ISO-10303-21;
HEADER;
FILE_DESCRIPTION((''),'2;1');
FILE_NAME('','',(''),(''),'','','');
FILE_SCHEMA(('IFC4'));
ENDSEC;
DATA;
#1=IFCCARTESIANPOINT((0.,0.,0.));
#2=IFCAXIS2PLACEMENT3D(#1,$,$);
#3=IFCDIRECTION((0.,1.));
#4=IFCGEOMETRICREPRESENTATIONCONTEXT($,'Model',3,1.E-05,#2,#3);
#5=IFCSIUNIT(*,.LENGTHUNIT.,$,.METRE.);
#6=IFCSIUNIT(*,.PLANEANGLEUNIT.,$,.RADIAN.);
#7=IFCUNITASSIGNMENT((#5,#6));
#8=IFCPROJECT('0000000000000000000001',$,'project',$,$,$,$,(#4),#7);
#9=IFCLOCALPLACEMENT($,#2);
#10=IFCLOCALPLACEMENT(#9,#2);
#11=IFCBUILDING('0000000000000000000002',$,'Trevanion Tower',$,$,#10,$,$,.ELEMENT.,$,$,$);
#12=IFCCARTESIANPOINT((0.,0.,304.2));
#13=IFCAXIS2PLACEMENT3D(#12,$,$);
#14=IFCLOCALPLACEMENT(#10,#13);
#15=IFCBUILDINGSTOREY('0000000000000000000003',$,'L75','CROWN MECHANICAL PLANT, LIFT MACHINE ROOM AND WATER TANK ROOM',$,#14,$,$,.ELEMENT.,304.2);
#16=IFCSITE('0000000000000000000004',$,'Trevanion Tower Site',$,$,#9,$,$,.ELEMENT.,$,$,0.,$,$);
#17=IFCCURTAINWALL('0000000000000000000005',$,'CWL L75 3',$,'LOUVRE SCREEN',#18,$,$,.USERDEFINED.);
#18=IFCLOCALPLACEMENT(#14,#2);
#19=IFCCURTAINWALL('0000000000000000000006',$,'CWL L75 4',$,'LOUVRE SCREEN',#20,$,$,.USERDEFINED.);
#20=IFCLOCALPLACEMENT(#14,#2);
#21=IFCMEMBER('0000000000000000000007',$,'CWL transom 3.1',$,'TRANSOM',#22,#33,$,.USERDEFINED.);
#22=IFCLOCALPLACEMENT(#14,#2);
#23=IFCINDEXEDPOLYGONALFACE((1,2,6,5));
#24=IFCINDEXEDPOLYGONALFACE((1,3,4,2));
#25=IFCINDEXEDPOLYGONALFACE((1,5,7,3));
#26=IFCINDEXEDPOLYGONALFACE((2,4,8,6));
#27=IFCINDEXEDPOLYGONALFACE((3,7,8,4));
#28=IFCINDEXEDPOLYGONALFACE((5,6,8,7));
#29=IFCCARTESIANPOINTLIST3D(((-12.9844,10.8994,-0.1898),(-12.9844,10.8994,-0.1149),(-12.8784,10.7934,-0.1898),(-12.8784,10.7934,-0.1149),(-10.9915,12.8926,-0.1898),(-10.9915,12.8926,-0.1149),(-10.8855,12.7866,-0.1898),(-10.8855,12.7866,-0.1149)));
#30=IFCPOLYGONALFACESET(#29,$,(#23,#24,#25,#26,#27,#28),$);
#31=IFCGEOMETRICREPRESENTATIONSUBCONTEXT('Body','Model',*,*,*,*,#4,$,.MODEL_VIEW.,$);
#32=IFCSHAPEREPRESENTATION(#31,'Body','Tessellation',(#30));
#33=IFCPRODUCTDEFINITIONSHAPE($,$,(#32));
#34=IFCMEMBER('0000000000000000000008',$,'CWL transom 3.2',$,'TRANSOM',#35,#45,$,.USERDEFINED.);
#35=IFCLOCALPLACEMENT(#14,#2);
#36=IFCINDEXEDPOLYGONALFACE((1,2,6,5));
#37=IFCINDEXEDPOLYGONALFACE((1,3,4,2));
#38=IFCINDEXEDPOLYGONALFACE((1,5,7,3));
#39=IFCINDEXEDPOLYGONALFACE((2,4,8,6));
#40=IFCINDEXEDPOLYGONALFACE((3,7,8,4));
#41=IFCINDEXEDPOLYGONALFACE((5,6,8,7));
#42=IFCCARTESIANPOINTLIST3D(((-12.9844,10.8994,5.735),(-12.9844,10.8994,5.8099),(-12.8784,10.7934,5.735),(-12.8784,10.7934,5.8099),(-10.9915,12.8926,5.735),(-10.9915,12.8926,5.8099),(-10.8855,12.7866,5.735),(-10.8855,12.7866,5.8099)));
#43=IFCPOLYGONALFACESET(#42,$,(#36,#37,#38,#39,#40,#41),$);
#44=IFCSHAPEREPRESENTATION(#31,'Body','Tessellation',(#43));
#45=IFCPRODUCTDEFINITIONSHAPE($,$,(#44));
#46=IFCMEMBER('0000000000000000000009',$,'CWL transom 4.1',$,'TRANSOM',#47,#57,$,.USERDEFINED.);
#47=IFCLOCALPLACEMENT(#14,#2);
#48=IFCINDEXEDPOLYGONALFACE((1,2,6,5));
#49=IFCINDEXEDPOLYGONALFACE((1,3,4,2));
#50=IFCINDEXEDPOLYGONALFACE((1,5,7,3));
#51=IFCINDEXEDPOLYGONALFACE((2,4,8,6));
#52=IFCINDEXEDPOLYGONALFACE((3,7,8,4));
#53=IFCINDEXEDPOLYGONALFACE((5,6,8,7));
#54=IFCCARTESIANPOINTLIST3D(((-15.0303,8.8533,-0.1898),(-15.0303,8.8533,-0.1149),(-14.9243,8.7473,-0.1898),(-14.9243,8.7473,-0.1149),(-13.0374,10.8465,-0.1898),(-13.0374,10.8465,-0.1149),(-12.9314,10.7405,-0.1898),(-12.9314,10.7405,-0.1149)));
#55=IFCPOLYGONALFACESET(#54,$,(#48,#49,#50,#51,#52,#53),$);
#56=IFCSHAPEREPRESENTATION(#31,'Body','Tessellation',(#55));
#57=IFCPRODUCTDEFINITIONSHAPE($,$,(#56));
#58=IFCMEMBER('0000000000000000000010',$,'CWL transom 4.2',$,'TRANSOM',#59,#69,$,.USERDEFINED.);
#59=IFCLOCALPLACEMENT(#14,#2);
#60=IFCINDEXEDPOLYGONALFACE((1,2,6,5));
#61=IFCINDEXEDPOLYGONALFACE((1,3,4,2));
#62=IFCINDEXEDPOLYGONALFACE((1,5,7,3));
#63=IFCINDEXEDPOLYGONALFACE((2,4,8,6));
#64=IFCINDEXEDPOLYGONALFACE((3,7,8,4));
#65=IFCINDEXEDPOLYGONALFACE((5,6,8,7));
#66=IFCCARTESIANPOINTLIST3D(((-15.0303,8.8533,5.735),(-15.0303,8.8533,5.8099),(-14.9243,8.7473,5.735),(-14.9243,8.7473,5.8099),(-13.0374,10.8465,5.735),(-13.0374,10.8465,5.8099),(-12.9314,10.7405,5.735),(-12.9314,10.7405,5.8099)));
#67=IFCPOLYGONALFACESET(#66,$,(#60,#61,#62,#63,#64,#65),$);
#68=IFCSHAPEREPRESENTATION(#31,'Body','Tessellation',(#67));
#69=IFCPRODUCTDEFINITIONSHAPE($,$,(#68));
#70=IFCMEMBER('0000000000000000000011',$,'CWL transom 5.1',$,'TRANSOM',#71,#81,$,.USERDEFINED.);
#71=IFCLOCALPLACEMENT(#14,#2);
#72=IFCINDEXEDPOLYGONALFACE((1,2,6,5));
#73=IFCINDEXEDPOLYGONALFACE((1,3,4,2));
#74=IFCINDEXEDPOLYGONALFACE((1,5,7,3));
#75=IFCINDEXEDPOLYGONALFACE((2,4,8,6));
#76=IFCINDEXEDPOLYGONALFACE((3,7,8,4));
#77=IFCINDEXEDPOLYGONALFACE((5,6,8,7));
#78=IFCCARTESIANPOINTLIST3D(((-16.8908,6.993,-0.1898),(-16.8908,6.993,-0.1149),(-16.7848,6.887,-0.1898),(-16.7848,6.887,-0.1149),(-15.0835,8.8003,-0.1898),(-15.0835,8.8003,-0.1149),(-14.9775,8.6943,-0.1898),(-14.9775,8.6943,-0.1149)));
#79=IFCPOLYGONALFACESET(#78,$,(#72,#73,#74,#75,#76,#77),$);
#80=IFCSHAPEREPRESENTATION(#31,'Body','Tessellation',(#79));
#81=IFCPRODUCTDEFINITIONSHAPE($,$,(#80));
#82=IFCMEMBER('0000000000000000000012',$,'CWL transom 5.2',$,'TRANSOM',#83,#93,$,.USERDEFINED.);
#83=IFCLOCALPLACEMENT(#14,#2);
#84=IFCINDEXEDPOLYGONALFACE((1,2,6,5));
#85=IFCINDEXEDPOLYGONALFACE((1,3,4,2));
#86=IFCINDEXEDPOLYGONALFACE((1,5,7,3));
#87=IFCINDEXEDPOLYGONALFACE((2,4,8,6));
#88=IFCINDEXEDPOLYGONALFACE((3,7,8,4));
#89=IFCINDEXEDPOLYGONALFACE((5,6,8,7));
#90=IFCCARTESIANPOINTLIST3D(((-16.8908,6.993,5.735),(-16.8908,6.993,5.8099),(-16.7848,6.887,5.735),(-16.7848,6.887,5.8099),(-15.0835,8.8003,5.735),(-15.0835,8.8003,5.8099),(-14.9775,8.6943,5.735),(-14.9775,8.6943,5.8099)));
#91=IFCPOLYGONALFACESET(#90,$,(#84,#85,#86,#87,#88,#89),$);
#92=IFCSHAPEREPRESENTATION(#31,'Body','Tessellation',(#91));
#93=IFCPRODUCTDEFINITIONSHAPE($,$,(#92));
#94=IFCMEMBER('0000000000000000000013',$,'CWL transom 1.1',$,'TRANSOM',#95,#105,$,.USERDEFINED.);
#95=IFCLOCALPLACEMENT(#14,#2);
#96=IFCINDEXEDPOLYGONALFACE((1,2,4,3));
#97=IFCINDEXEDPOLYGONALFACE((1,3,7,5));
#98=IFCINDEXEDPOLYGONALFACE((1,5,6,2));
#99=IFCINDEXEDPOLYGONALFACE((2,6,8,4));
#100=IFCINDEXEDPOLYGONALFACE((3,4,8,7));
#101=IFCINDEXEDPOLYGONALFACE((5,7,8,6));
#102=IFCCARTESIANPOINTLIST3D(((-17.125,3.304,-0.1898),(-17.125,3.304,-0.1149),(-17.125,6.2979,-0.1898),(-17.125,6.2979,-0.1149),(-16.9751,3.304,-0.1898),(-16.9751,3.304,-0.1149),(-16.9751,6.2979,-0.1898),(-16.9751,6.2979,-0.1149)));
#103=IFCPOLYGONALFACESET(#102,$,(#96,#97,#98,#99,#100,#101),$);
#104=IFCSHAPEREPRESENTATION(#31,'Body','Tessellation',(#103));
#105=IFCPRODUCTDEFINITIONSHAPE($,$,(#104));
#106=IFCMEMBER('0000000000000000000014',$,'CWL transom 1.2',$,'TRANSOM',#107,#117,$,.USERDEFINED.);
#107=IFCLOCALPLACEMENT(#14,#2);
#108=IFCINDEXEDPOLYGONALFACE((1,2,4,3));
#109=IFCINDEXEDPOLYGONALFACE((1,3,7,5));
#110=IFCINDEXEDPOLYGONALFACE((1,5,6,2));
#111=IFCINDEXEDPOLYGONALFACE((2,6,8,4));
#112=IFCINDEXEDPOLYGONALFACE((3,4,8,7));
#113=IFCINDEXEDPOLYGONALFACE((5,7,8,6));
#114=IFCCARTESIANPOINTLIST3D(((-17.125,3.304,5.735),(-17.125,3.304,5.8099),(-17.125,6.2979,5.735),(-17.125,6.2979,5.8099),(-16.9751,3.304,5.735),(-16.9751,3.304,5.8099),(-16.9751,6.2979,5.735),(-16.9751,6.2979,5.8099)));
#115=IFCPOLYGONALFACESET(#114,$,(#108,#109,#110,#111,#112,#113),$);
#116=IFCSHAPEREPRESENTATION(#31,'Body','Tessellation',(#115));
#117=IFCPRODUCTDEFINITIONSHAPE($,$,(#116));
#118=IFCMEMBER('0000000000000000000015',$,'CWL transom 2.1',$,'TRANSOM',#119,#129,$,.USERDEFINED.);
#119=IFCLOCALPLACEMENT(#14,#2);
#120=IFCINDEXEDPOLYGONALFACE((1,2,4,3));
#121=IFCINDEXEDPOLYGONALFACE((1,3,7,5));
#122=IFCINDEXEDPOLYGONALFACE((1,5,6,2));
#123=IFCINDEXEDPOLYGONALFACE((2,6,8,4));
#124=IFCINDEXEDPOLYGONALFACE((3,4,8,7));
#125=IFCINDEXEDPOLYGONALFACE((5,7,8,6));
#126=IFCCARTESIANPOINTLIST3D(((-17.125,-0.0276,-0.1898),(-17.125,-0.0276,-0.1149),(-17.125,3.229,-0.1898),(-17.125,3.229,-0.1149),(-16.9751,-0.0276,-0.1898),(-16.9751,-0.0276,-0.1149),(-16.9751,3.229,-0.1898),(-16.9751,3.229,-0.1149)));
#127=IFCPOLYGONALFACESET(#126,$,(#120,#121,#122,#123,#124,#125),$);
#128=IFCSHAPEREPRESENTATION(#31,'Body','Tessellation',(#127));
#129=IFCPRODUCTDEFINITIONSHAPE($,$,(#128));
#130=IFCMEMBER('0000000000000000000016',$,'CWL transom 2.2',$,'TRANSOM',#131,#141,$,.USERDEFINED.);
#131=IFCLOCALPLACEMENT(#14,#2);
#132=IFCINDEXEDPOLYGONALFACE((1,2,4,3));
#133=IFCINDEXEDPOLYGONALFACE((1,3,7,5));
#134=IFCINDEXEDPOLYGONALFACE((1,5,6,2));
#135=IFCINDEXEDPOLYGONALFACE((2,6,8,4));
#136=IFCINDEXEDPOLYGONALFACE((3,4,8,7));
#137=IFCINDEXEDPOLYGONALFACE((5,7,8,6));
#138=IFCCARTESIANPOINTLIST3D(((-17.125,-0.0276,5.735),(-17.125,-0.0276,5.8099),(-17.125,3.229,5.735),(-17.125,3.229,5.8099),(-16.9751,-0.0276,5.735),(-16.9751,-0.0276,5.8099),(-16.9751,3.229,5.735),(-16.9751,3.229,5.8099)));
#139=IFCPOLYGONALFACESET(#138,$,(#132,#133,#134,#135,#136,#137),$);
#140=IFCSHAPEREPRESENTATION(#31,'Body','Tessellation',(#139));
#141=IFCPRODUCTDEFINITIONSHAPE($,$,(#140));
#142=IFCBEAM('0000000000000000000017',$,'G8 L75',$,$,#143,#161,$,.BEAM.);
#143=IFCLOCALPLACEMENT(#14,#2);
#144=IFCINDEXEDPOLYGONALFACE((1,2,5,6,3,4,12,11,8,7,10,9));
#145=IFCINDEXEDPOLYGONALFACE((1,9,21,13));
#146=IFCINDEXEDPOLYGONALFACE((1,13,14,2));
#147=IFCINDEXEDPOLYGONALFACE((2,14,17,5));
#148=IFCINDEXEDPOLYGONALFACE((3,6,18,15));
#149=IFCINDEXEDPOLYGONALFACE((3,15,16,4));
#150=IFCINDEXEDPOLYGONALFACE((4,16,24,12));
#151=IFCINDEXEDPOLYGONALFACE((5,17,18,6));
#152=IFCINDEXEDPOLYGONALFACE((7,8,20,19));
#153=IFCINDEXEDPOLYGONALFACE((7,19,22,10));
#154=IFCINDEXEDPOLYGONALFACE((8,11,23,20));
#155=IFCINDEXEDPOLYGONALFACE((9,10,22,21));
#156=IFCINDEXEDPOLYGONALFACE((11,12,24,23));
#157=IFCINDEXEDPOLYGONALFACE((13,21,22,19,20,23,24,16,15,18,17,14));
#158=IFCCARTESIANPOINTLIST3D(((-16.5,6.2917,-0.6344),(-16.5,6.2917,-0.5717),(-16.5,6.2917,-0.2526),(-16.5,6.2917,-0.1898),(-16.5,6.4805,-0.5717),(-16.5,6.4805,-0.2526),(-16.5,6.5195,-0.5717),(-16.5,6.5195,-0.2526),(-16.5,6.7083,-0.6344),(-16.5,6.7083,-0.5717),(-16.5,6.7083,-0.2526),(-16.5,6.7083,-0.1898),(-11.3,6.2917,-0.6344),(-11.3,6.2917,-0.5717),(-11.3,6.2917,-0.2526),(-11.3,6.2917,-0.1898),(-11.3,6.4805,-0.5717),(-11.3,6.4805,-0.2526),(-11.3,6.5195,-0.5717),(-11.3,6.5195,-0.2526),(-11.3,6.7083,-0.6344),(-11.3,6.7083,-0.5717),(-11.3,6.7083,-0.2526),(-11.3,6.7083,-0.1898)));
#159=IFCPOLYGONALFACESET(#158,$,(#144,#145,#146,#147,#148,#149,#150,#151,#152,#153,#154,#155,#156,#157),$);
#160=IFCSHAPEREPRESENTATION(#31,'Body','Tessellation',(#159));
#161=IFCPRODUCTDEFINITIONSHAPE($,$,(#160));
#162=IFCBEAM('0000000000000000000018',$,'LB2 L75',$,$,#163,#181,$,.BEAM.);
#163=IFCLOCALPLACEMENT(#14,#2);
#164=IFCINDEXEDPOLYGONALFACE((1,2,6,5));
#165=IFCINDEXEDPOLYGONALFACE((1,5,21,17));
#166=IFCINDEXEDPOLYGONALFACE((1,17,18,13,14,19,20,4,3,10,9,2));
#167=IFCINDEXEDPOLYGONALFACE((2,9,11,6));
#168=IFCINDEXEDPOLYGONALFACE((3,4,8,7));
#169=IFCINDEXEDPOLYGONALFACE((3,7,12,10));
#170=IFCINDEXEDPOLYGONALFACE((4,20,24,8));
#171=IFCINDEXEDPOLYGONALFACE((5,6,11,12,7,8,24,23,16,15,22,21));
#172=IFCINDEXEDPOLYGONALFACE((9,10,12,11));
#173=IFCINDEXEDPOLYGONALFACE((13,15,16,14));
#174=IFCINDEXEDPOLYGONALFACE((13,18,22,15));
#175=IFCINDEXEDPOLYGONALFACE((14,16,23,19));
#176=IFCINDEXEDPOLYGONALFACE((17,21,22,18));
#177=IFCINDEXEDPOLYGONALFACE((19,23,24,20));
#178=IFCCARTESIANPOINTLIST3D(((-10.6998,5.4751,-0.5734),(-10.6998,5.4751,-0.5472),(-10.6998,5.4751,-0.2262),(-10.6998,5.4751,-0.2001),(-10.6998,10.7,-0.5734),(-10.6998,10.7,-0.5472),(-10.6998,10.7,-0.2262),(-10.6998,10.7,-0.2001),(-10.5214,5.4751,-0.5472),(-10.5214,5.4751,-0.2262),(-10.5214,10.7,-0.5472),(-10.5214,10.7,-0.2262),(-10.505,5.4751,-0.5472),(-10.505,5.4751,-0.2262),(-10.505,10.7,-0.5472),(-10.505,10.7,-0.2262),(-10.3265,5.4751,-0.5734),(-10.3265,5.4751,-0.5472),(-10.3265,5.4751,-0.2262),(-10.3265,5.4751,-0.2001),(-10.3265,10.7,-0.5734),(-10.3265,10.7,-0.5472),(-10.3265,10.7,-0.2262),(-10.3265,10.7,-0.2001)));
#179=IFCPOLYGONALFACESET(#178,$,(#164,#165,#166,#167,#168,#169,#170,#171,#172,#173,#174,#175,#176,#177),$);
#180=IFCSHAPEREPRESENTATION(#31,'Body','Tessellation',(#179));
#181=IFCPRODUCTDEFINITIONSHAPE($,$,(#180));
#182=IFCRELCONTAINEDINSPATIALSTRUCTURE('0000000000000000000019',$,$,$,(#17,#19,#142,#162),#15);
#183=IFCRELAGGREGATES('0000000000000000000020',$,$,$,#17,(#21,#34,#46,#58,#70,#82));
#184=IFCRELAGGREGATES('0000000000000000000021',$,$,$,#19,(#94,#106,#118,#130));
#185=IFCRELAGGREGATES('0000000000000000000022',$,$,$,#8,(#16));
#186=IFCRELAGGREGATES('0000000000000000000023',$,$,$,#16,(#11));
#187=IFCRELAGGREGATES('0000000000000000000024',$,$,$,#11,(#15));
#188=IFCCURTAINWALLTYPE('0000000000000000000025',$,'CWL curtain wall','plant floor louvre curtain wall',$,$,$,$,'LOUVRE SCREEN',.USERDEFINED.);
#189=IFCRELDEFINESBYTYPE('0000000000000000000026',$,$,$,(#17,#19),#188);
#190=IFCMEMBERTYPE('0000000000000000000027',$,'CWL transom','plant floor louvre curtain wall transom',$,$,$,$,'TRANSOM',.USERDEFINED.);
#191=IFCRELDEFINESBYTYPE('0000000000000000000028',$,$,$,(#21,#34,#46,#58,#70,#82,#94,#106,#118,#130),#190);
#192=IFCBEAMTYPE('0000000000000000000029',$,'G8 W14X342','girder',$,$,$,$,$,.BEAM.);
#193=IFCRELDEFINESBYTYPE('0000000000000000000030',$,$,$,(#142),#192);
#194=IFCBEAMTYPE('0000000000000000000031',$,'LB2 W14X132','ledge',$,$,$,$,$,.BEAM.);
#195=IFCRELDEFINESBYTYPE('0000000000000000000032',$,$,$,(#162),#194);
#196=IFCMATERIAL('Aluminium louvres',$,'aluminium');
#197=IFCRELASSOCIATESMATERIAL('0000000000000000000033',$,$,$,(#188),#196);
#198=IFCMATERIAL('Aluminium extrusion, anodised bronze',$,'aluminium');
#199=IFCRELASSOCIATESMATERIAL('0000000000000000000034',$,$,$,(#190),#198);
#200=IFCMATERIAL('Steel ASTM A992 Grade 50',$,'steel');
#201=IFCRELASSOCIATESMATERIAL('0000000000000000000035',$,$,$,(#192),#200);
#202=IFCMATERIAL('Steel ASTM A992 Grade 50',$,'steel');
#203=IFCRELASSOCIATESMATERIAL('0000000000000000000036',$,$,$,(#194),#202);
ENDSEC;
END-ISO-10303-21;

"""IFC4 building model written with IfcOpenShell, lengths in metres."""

from ifc_helpers import new_model, si_unit, direction, frame, origin, origin_2d, place, context, subcontext, project, spatial, rectangle, i_section, extrude, material, material_profile, profile_set, type_object, element, aggregate, save


model = new_model("IFC4")

# Units and contexts
model_context = context("Model", 3, precision=1e-05, world=origin(), true_north=direction((0.0, 1.0)))
body_context = subcontext(model_context, "Body", "Model", "MODEL_VIEW")
ifc_project = project(units=[si_unit("LENGTHUNIT", "METRE"), si_unit("PLANEANGLEUNIT", "RADIAN")], contexts=[model_context])

# Site, building, storey
site_placement = place(None, origin())
site = spatial("IfcSite", under=ifc_project, at=site_placement, Name="Trevanion Tower Site", CompositionType="ELEMENT", RefElevation=0.0)
building_placement = place(site_placement, origin())
building = spatial("IfcBuilding", under=site, at=building_placement, Name="Trevanion Tower", CompositionType="ELEMENT")
storey_placement = place(building_placement, frame((0.0, 0.0, 304.2)))
storey = spatial("IfcBuildingStorey", under=building, at=storey_placement, Name="L75", Description="CROWN MECHANICAL PLANT, LIFT MACHINE ROOM AND WATER TANK ROOM", CompositionType="ELEMENT", Elevation=304.2)

# Curtain wall
ifc_material_1 = material(Name="Aluminium louvres", Category="aluminium")
curtain_wall_type = type_object("IfcCurtainWallType", Name="CWL curtain wall", Description="plant floor louvre curtain wall", ElementType="LOUVRE SCREEN", PredefinedType="USERDEFINED", material=ifc_material_1)
curtain_wall_1_placement = place(storey_placement, origin())
curtain_wall_1 = element("IfcCurtainWall", 1, at=curtain_wall_1_placement, inside=storey, type_object=curtain_wall_type, Name="CWL L75 3", ObjectType="LOUVRE SCREEN", PredefinedType="USERDEFINED")

# Curtain wall
curtain_wall_2_placement = place(storey_placement, origin())
curtain_wall_2 = element("IfcCurtainWall", 2, at=curtain_wall_2_placement, inside=storey, type_object=curtain_wall_type, Name="CWL L75 4", ObjectType="LOUVRE SCREEN", PredefinedType="USERDEFINED")

# Members
ifc_material_2 = material(Name="Aluminium extrusion, anodised bronze", Category="aluminium")
ifc_material_profile_1 = material_profile(ifc_material_2, rectangle(XDim=0.1499, YDim=0.075, at=origin_2d()), Name="CWL transom")
ifc_profile_set_1 = profile_set([ifc_material_profile_1], Name="Aluminium extrusion, anodised bronze")
member_type_1 = type_object("IfcMemberType", Name="CWL transom", Description="plant floor louvre curtain wall transom", ElementType="TRANSOM", PredefinedType="USERDEFINED", material=ifc_profile_set_1)
member_1_placement = place(storey_placement, frame((-10.9385, 12.8396, -0.1523), z_axis=(-0.707063, -0.70715, 0.0), x_axis=(0.70715, -0.707063, 0.0)))
member_1 = element("IfcMember", 3, at=member_1_placement, type_object=member_type_1, Name="CWL transom 3.1", ObjectType="TRANSOM", PredefinedType="USERDEFINED", context=body_context, shape_type="SweptSolid", body=[
    extrude(rectangle(XDim=0.1499, YDim=0.075, at=origin_2d()), origin(), (0.0, 0.0, 1.0), 2.8186),
])
member_2_placement = place(storey_placement, frame((-10.9385, 12.8396, 5.7725), z_axis=(-0.707063, -0.70715, 0.0), x_axis=(0.70715, -0.707063, 0.0)))
member_2 = element("IfcMember", 4, at=member_2_placement, type_object=member_type_1, Name="CWL transom 3.2", ObjectType="TRANSOM", PredefinedType="USERDEFINED", context=body_context, shape_type="SweptSolid", body=[
    extrude(rectangle(XDim=0.1499, YDim=0.075, at=origin_2d()), origin(), (0.0, 0.0, 1.0), 2.8186),
])
member_3_placement = place(storey_placement, frame((-12.9844, 10.7935, -0.1523), z_axis=(-0.707063, -0.70715, 0.0), x_axis=(0.70715, -0.707063, 0.0)))
member_3 = element("IfcMember", 5, at=member_3_placement, type_object=member_type_1, Name="CWL transom 4.1", ObjectType="TRANSOM", PredefinedType="USERDEFINED", context=body_context, shape_type="SweptSolid", body=[
    extrude(rectangle(XDim=0.1499, YDim=0.075, at=origin_2d()), origin(), (0.0, 0.0, 1.0), 2.8186),
])
member_4_placement = place(storey_placement, frame((-12.9844, 10.7935, 5.7725), z_axis=(-0.707063, -0.70715, 0.0), x_axis=(0.70715, -0.707063, 0.0)))
member_4 = element("IfcMember", 6, at=member_4_placement, type_object=member_type_1, Name="CWL transom 4.2", ObjectType="TRANSOM", PredefinedType="USERDEFINED", context=body_context, shape_type="SweptSolid", body=[
    extrude(rectangle(XDim=0.1499, YDim=0.075, at=origin_2d()), origin(), (0.0, 0.0, 1.0), 2.8186),
])
member_5_placement = place(storey_placement, frame((-15.0305, 8.7473, -0.1523), z_axis=(-0.707107, -0.707107, 0.0), x_axis=(0.707107, -0.707107, 0.0)))
member_5 = element("IfcMember", 7, at=member_5_placement, type_object=member_type_1, Name="CWL transom 5.1", ObjectType="TRANSOM", PredefinedType="USERDEFINED", context=body_context, shape_type="SweptSolid", body=[
    extrude(rectangle(XDim=0.1499, YDim=0.075, at=origin_2d()), origin(), (0.0, 0.0, 1.0), 2.5559),
])
member_6_placement = place(storey_placement, frame((-15.0305, 8.7473, 5.7725), z_axis=(-0.707107, -0.707107, 0.0), x_axis=(0.707107, -0.707107, 0.0)))
member_6 = element("IfcMember", 8, at=member_6_placement, type_object=member_type_1, Name="CWL transom 5.2", ObjectType="TRANSOM", PredefinedType="USERDEFINED", context=body_context, shape_type="SweptSolid", body=[
    extrude(rectangle(XDim=0.1499, YDim=0.075, at=origin_2d()), origin(), (0.0, 0.0, 1.0), 2.5559),
])
member_7_placement = place(storey_placement, frame((-17.05, 6.2979, -0.1523), z_axis=(0.0, -1.0, 0.0), x_axis=(1.0, 0.0, 0.0)))
member_7 = element("IfcMember", 9, at=member_7_placement, type_object=member_type_1, Name="CWL transom 1.1", ObjectType="TRANSOM", PredefinedType="USERDEFINED", context=body_context, shape_type="SweptSolid", body=[
    extrude(rectangle(XDim=0.1499, YDim=0.075, at=origin_2d()), origin(), (0.0, 0.0, 1.0), 2.9939),
])
member_8_placement = place(storey_placement, frame((-17.05, 6.2979, 5.7725), z_axis=(0.0, -1.0, 0.0), x_axis=(1.0, 0.0, 0.0)))
member_8 = element("IfcMember", 10, at=member_8_placement, type_object=member_type_1, Name="CWL transom 1.2", ObjectType="TRANSOM", PredefinedType="USERDEFINED", context=body_context, shape_type="SweptSolid", body=[
    extrude(rectangle(XDim=0.1499, YDim=0.075, at=origin_2d()), origin(), (0.0, 0.0, 1.0), 2.9939),
])
member_9_placement = place(storey_placement, frame((-17.05, 3.229, -0.1523), z_axis=(0.0, -1.0, 0.0), x_axis=(1.0, 0.0, 0.0)))
member_9 = element("IfcMember", 11, at=member_9_placement, type_object=member_type_1, Name="CWL transom 2.1", ObjectType="TRANSOM", PredefinedType="USERDEFINED", context=body_context, shape_type="SweptSolid", body=[
    extrude(rectangle(XDim=0.1499, YDim=0.075, at=origin_2d()), origin(), (0.0, 0.0, 1.0), 3.2566),
])
member_10_placement = place(storey_placement, frame((-17.05, 3.229, 5.7725), z_axis=(0.0, -1.0, 0.0), x_axis=(1.0, 0.0, 0.0)))
member_10 = element("IfcMember", 12, at=member_10_placement, type_object=member_type_1, Name="CWL transom 2.2", ObjectType="TRANSOM", PredefinedType="USERDEFINED", context=body_context, shape_type="SweptSolid", body=[
    extrude(rectangle(XDim=0.1499, YDim=0.075, at=origin_2d()), origin(), (0.0, 0.0, 1.0), 3.2566),
])

# Beams
ifc_material_3 = material(Name="Steel ASTM A992 Grade 50", Category="steel")
ifc_material_profile_2 = material_profile(ifc_material_3, i_section(OverallWidth=0.4165, OverallDepth=0.4446, WebThickness=0.0391, FlangeThickness=0.0627, at=origin_2d()), Name="W14X342")
ifc_profile_set_2 = profile_set([ifc_material_profile_2], Name="Steel ASTM A992 Grade 50")
beam_type_1 = type_object("IfcBeamType", Name="G8 W14X342", Description="girder", PredefinedType="BEAM", material=ifc_profile_set_2)
beam_1_placement = place(storey_placement, frame((-11.3, 6.5, -0.4121), z_axis=(-1.0, 0.0, 0.0), x_axis=(0.0, -1.0, 0.0)))
element("IfcBeam", 13, at=beam_1_placement, inside=storey, type_object=beam_type_1, Name="G8 L75", PredefinedType="BEAM", context=body_context, shape_type="SweptSolid", body=[
    extrude(i_section(OverallWidth=0.4165, OverallDepth=0.4446, WebThickness=0.0391, FlangeThickness=0.0627, at=origin_2d()), origin(), (0.0, 0.0, 1.0), 5.2),
])
ifc_material_4 = material(Name="Steel ASTM A992 Grade 50", Category="steel")
ifc_material_profile_3 = material_profile(ifc_material_4, i_section(OverallWidth=0.3733, OverallDepth=0.3733, WebThickness=0.0164, FlangeThickness=0.0261, at=origin_2d()), Name="W14X132")
ifc_profile_set_3 = profile_set([ifc_material_profile_3], Name="Steel ASTM A992 Grade 50")
beam_type_2 = type_object("IfcBeamType", Name="LB2 W14X132", Description="ledge", PredefinedType="BEAM", material=ifc_profile_set_3)
beam_2_placement = place(storey_placement, frame((-10.5132, 5.4751, -0.3867), z_axis=(0.0, 1.0, 0.0), x_axis=(-1.0, 0.0, 0.0)))
element("IfcBeam", 14, at=beam_2_placement, inside=storey, type_object=beam_type_2, Name="LB2 L75", PredefinedType="BEAM", context=body_context, shape_type="SweptSolid", body=[
    extrude(i_section(OverallWidth=0.3733, OverallDepth=0.3733, WebThickness=0.0164, FlangeThickness=0.0261, at=origin_2d()), origin(), (0.0, 0.0, 1.0), 5.2249),
])

aggregate(curtain_wall_1, [member_1, member_2, member_3, member_4, member_5, member_6])
aggregate(curtain_wall_2, [member_7, member_8, member_9, member_10])

save(model, "model.ifc")
